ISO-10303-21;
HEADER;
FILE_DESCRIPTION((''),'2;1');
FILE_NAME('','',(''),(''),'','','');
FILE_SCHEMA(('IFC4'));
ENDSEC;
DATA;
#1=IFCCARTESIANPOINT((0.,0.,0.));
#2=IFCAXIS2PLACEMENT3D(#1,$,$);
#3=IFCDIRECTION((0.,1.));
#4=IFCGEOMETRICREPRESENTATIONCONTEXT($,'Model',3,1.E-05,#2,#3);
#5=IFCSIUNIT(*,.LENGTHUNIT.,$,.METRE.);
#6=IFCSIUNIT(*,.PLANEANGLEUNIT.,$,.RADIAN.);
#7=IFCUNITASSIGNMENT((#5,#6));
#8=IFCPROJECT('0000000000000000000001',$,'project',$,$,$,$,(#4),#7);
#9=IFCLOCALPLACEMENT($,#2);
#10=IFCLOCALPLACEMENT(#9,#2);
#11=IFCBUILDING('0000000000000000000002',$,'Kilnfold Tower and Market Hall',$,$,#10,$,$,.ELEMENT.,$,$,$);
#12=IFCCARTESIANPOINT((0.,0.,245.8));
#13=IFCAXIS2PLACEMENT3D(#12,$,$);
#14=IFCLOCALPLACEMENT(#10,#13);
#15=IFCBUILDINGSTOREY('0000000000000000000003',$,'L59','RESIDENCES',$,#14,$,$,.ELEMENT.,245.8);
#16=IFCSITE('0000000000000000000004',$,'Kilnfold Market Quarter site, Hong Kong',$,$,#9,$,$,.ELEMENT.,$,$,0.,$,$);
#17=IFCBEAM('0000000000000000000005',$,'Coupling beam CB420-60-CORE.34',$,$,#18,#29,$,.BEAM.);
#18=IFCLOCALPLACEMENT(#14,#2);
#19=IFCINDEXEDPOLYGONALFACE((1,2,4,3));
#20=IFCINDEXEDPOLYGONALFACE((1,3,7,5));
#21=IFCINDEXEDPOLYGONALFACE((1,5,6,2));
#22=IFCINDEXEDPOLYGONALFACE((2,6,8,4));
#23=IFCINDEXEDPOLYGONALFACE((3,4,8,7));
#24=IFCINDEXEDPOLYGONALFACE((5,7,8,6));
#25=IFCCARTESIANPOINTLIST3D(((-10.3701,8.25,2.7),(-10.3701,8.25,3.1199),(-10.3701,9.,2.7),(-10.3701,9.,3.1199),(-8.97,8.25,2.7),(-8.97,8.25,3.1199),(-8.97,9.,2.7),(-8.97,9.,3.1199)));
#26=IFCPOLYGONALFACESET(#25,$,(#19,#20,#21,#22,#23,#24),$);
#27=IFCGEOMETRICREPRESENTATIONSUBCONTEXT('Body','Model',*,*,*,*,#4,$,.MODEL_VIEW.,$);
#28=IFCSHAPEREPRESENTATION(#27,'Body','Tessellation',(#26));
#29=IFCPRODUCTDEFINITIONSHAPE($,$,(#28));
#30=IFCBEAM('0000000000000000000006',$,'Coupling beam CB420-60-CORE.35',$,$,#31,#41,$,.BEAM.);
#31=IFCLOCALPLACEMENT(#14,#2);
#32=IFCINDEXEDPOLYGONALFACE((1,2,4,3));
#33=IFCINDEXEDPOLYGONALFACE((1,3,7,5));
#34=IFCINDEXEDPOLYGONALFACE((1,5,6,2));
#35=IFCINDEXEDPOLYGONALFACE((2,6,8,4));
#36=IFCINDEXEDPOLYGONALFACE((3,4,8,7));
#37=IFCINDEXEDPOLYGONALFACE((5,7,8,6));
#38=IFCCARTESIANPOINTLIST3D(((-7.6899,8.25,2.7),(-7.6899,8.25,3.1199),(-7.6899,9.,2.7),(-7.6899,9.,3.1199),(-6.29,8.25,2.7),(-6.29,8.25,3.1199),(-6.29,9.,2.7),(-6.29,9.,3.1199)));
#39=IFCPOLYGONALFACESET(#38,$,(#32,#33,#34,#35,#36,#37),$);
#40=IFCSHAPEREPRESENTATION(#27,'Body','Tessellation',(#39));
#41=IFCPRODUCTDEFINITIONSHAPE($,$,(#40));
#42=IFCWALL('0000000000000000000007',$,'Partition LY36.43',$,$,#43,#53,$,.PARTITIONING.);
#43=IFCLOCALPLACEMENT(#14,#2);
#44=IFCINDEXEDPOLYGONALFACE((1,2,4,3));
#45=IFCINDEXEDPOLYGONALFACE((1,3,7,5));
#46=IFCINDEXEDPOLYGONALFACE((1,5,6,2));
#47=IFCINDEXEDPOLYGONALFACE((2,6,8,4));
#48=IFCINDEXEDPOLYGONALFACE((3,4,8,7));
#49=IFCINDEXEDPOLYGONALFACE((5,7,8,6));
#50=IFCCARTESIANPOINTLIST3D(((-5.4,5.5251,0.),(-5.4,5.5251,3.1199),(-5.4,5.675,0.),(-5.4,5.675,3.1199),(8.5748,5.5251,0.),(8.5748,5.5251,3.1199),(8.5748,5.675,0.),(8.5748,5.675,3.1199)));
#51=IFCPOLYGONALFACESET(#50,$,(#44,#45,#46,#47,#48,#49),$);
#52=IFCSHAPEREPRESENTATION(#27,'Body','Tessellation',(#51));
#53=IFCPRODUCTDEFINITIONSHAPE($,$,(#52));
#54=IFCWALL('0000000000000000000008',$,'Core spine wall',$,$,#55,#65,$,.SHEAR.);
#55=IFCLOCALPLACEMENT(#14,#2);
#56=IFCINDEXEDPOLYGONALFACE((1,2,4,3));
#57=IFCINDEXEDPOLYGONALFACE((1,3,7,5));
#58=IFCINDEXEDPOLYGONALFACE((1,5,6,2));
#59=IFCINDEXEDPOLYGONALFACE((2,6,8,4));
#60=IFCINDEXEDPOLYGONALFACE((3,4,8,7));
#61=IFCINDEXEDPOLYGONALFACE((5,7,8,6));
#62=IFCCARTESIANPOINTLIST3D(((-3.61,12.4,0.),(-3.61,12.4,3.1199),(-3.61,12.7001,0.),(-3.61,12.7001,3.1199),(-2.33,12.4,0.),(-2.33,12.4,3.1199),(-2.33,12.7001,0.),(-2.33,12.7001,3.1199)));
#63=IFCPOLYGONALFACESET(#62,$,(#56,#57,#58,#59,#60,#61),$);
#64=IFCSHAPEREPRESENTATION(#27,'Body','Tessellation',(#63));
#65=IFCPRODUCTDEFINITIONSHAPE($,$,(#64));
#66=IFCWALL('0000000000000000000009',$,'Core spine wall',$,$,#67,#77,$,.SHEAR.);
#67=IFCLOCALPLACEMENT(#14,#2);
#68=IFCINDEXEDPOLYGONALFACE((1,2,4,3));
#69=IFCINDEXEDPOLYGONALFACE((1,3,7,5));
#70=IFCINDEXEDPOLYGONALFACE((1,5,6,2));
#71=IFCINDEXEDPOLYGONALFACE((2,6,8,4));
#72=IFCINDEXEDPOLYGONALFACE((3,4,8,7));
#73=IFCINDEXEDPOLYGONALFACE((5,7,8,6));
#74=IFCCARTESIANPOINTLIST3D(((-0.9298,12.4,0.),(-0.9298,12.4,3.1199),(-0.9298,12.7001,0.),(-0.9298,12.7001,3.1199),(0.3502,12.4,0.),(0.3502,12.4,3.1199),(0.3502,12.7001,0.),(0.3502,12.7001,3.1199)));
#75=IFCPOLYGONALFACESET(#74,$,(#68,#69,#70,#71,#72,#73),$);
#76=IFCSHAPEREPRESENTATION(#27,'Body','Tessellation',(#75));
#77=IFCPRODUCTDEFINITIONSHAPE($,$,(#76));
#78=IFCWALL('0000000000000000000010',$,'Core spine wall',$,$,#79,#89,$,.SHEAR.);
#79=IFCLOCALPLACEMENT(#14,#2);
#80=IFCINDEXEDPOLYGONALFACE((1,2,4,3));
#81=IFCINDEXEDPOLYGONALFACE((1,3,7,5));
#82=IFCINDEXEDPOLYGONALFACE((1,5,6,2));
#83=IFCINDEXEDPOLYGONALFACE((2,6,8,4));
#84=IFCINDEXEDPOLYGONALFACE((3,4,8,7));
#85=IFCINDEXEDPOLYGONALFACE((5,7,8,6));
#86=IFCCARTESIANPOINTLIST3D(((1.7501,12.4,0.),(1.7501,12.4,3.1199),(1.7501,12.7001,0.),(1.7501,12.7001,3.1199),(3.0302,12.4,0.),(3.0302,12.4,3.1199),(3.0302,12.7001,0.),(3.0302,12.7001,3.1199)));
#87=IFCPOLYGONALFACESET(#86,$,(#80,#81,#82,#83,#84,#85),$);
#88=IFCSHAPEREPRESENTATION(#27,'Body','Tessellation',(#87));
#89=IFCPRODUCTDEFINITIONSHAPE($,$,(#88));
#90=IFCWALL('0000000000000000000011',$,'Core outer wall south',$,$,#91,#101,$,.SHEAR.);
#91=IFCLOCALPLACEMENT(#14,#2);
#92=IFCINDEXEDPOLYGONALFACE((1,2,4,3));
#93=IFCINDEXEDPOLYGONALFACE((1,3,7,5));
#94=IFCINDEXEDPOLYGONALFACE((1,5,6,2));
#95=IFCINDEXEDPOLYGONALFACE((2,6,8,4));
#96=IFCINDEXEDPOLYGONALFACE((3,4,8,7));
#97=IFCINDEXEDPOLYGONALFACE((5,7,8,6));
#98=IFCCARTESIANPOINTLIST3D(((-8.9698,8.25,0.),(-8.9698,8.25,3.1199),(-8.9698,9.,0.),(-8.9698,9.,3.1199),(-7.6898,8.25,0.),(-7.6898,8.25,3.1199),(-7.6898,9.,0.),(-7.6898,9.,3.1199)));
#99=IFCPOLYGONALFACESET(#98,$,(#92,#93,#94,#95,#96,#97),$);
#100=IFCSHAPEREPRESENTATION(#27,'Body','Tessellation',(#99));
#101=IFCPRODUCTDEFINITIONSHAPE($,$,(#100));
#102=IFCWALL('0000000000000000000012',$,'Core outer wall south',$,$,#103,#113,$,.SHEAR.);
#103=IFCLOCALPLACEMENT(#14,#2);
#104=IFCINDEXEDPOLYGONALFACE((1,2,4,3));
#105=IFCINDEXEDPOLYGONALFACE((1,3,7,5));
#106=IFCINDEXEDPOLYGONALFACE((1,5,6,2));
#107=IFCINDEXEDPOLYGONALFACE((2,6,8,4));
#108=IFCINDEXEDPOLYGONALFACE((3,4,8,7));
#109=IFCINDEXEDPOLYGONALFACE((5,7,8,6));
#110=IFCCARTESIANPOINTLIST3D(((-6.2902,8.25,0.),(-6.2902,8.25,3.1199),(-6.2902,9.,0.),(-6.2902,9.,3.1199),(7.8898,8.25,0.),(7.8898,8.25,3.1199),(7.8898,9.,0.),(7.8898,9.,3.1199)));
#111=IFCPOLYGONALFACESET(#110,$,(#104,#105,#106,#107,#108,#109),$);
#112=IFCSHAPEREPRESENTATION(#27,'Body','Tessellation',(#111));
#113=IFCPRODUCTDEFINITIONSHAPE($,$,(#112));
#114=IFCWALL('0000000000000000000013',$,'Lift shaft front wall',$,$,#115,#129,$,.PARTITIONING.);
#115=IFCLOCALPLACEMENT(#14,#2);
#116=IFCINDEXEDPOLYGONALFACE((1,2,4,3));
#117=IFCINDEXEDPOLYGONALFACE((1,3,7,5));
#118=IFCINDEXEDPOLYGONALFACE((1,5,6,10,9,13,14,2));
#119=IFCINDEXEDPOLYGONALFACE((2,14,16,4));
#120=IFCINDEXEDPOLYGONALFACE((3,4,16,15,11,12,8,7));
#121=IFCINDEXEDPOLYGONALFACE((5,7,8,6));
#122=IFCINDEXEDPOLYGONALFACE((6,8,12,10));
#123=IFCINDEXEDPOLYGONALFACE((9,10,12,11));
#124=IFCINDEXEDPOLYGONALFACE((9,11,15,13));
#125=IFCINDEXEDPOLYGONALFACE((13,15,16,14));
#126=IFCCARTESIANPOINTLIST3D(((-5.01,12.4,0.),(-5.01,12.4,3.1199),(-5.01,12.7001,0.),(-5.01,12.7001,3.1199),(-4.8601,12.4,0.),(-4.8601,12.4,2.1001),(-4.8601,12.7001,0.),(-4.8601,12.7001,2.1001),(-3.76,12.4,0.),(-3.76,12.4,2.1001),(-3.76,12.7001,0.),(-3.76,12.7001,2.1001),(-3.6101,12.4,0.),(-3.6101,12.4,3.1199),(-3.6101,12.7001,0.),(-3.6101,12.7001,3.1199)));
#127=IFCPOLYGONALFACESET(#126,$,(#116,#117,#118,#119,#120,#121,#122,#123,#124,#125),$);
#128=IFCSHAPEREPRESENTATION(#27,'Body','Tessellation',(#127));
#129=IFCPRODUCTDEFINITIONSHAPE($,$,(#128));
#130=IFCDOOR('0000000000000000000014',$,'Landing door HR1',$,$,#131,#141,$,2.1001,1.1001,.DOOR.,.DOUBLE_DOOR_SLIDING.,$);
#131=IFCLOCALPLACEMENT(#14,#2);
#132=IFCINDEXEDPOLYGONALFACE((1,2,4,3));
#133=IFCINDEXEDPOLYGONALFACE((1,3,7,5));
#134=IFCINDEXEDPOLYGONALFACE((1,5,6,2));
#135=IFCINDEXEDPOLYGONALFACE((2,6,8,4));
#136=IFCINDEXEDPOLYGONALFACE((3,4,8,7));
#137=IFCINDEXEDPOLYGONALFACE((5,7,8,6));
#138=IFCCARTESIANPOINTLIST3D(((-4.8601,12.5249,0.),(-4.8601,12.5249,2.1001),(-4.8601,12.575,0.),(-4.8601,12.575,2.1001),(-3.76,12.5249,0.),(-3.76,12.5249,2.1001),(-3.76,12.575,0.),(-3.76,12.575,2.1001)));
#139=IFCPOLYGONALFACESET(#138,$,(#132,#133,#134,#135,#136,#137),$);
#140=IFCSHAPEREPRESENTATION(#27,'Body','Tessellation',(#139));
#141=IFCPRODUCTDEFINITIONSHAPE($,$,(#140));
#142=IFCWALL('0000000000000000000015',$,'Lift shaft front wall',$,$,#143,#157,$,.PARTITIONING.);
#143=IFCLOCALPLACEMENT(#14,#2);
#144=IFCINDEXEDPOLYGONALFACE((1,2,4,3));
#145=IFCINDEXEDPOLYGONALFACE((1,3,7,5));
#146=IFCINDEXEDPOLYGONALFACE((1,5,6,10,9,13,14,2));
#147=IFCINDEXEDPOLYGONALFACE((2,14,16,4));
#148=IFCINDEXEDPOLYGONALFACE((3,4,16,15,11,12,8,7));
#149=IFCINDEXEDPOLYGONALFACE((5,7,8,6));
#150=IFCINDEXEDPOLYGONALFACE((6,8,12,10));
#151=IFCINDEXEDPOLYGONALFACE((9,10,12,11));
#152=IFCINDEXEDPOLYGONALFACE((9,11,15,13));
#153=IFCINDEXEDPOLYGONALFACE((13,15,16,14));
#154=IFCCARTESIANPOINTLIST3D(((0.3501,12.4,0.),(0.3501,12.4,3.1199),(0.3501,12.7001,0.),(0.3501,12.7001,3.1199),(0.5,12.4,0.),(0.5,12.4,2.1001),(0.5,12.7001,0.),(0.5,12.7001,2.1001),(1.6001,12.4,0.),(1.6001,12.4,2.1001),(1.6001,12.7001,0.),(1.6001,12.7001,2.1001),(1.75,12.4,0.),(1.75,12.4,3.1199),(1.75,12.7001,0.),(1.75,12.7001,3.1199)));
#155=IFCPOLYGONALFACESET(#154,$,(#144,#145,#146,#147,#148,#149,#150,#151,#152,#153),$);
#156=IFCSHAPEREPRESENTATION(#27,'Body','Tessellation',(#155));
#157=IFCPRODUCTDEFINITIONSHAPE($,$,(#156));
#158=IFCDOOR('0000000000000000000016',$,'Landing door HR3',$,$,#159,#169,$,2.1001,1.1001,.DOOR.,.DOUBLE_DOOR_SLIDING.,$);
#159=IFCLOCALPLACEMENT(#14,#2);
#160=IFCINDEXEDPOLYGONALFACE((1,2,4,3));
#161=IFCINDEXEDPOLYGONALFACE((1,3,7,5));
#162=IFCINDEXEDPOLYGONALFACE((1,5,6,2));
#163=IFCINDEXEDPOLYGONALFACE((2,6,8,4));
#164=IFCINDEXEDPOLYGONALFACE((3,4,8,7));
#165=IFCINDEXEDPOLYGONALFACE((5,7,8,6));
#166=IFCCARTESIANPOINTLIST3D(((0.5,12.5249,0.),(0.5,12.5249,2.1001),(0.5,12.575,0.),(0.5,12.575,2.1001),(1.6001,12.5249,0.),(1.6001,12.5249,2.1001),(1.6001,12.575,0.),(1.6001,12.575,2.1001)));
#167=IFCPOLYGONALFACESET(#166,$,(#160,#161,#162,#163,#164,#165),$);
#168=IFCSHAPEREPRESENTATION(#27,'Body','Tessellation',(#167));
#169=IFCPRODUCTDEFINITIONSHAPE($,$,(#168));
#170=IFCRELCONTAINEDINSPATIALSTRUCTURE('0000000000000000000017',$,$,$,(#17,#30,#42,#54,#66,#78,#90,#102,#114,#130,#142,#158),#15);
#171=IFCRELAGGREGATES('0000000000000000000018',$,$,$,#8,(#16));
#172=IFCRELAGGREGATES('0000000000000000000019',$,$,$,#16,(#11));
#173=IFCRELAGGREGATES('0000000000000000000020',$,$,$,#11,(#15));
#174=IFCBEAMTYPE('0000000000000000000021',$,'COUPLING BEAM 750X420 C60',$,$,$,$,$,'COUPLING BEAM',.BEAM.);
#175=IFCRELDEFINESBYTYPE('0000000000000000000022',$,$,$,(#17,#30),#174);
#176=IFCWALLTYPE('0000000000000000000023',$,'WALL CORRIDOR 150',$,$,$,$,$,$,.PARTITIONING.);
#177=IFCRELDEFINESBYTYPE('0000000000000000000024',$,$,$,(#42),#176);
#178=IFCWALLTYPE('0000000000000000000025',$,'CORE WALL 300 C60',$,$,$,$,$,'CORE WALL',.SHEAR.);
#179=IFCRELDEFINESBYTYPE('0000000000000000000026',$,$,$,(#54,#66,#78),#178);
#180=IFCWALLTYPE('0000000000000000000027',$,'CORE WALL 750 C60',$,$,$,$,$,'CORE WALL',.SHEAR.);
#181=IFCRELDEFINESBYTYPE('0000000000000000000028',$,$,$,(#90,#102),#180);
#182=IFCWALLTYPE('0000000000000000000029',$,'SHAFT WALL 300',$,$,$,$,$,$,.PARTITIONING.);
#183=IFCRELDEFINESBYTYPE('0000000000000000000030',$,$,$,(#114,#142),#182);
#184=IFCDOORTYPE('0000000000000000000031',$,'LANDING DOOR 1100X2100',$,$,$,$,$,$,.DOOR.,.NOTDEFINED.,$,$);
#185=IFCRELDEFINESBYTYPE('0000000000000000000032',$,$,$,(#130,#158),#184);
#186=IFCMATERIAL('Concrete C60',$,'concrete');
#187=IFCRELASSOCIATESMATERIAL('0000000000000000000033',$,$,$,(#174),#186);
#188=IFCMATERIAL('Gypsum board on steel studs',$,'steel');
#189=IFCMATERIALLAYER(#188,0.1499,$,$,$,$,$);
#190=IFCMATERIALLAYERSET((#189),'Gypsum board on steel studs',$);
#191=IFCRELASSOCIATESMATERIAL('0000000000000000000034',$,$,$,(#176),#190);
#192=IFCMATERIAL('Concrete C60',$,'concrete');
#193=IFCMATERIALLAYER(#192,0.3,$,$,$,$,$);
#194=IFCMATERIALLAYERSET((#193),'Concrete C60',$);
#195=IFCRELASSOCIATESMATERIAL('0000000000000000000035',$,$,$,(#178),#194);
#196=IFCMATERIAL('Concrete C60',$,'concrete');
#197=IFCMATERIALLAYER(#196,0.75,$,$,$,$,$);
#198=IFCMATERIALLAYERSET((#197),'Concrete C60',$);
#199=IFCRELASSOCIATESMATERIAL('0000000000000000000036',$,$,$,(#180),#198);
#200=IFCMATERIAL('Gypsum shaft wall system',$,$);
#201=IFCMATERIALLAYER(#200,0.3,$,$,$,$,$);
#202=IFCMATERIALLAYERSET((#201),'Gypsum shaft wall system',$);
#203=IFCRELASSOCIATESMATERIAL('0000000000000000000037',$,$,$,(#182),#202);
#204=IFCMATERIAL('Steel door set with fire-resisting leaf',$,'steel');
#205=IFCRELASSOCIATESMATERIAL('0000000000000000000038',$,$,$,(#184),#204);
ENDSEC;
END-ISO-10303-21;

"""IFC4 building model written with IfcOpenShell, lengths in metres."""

from ifc_helpers import new_model, si_unit, direction, frame, frame_2d, origin, origin_2d, place, context, subcontext, project, spatial, rectangle, extrude, source, transform, mapped, material, layer, layer_set, material_profile, profile_set, type_object, element, fill, save


model = new_model("IFC4")

# Units and contexts
model_context = context("Model", 3, precision=1e-05, world=origin(), true_north=direction((0.0, 1.0)))
body_context = subcontext(model_context, "Body", "Model", "MODEL_VIEW")
ifc_project = project(units=[si_unit("LENGTHUNIT", "METRE"), si_unit("PLANEANGLEUNIT", "RADIAN")], contexts=[model_context])

# Site, building, storey
site_placement = place(None, origin())
site = spatial("IfcSite", under=ifc_project, at=site_placement, Name="Kilnfold Market Quarter site, Hong Kong", CompositionType="ELEMENT", RefElevation=0.0)
building_placement = place(site_placement, origin())
building = spatial("IfcBuilding", under=site, at=building_placement, Name="Kilnfold Tower and Market Hall", CompositionType="ELEMENT")
storey_placement = place(building_placement, frame((0.0, 0.0, 245.8)))
storey = spatial("IfcBuildingStorey", under=building, at=storey_placement, Name="L59", Description="RESIDENCES", CompositionType="ELEMENT", Elevation=245.8)

# Beams
ifc_material_1 = material(Name="Concrete C60", Category="concrete")
ifc_material_profile = material_profile(ifc_material_1, rectangle(XDim=0.75, YDim=0.4199, at=origin_2d()), Name="RC 750x420")
ifc_profile_set = profile_set([ifc_material_profile], Name="Concrete C60")
beam_type = type_object("IfcBeamType", Name="COUPLING BEAM 750X420 C60", ElementType="COUPLING BEAM", PredefinedType="BEAM", material=ifc_profile_set)
shared_shape_1 = source(origin(), body_context, "Body", "SweptSolid", [
    extrude(rectangle(XDim=0.75, YDim=0.4199, at=origin_2d()), origin(), (0.0, 0.0, 1.0), 1.4001),
])
beam_1_placement = place(storey_placement, frame((-10.3701, 8.625, 2.9099), z_axis=(1.0, 0.0, 0.0), x_axis=(0.0, 1.0, 0.0)))
element("IfcBeam", 1, at=beam_1_placement, inside=storey, type_object=beam_type, Name="Coupling beam CB420-60-CORE.34", PredefinedType="BEAM", context=body_context, shape_type="MappedRepresentation", body=[
    mapped(shared_shape_1, transform((0.0, 0.0, 0.0))),
])
shared_shape_2 = source(origin(), body_context, "Body", "SweptSolid", [
    extrude(rectangle(XDim=0.75, YDim=0.4199, at=origin_2d()), origin(), (0.0, 0.0, 1.0), 1.3999),
])
beam_2_placement = place(storey_placement, frame((-7.6899, 8.625, 2.9099), z_axis=(1.0, 0.0, 0.0), x_axis=(0.0, 1.0, 0.0)))
element("IfcBeam", 2, at=beam_2_placement, inside=storey, type_object=beam_type, Name="Coupling beam CB420-60-CORE.35", PredefinedType="BEAM", context=body_context, shape_type="MappedRepresentation", body=[
    mapped(shared_shape_2, transform((0.0, 0.0, 0.0))),
])

# Walls
ifc_material_2 = material(Name="Gypsum board on steel studs", Category="steel")
ifc_layer_1 = layer(ifc_material_2, 0.1499)
ifc_layer_set_1 = layer_set([ifc_layer_1], Name="Gypsum board on steel studs")
wall_type_1 = type_object("IfcWallType", Name="WALL CORRIDOR 150", PredefinedType="PARTITIONING", material=ifc_layer_set_1)
wall_1_placement = place(storey_placement, frame((-5.3999, 5.6001, 0.0), z_axis=(0.0, 0.0, 1.0), x_axis=(1.0, 0.0, 0.0)))
element("IfcWall", 3, at=wall_1_placement, inside=storey, type_object=wall_type_1, Name="Partition LY36.43", PredefinedType="PARTITIONING", context=body_context, shape_type="SweptSolid", body=[
    extrude(rectangle(XDim=13.9749, YDim=0.1499, at=frame_2d((6.9873, 0.0))), origin(), (0.0, 0.0, 1.0), 3.1199),
])
ifc_material_3 = material(Name="Concrete C60", Category="concrete")
ifc_layer_2 = layer(ifc_material_3, 0.3)
ifc_layer_set_2 = layer_set([ifc_layer_2], Name="Concrete C60")
wall_type_2 = type_object("IfcWallType", Name="CORE WALL 300 C60", ElementType="CORE WALL", PredefinedType="SHEAR", material=ifc_layer_set_2)
shared_shape_3 = source(origin(), body_context, "Body", "SweptSolid", [
    extrude(rectangle(XDim=1.28, YDim=0.3, at=frame_2d((0.6401, 0.0))), origin(), (0.0, 0.0, 1.0), 3.1199),
])
for number, where, z_axis, x_axis, name in (
    (4, (-3.6101, 12.55, 0.0), (0.0, 0.0, 1.0), (1.0, 0.0, 0.0), "Core spine wall"),
    (5, (-0.9299, 12.55, 0.0), (0.0, 0.0, 1.0), (1.0, 0.0, 0.0), "Core spine wall"),
    (6, (1.75, 12.55, 0.0), (0.0, 0.0, 1.0), (1.0, 0.0, 0.0), "Core spine wall"),
):
    element("IfcWall", number, at=place(storey_placement, frame(where, z_axis=z_axis, x_axis=x_axis)), inside=storey, type_object=wall_type_2, Name=name, PredefinedType="SHEAR", context=body_context, shape_type="MappedRepresentation", body=[
        mapped(shared_shape_3, transform((0.0, 0.0, 0.0))),
    ])
ifc_material_4 = material(Name="Concrete C60", Category="concrete")
ifc_layer_3 = layer(ifc_material_4, 0.75)
ifc_layer_set_3 = layer_set([ifc_layer_3], Name="Concrete C60")
wall_type_3 = type_object("IfcWallType", Name="CORE WALL 750 C60", ElementType="CORE WALL", PredefinedType="SHEAR", material=ifc_layer_set_3)
shared_shape_4 = source(origin(), body_context, "Body", "SweptSolid", [
    extrude(rectangle(XDim=1.28, YDim=0.75, at=frame_2d((0.6401, 0.0))), origin(), (0.0, 0.0, 1.0), 3.1199),
])
wall_2_placement = place(storey_placement, frame((-8.97, 8.625, 0.0), z_axis=(0.0, 0.0, 1.0), x_axis=(1.0, 0.0, 0.0)))
element("IfcWall", 7, at=wall_2_placement, inside=storey, type_object=wall_type_3, Name="Core outer wall south", PredefinedType="SHEAR", context=body_context, shape_type="MappedRepresentation", body=[
    mapped(shared_shape_4, transform((0.0, 0.0, 0.0))),
])
shared_shape_5 = source(origin(), body_context, "Body", "SweptSolid", [
    extrude(rectangle(XDim=14.1799, YDim=0.75, at=frame_2d((7.0898, 0.0))), origin(), (0.0, 0.0, 1.0), 3.1199),
])
wall_3_placement = place(storey_placement, frame((-6.29, 8.625, 0.0), z_axis=(0.0, 0.0, 1.0), x_axis=(1.0, 0.0, 0.0)))
element("IfcWall", 8, at=wall_3_placement, inside=storey, type_object=wall_type_3, Name="Core outer wall south", PredefinedType="SHEAR", context=body_context, shape_type="MappedRepresentation", body=[
    mapped(shared_shape_5, transform((0.0, 0.0, 0.0))),
])

# Walls, openings, doors
ifc_material_5 = material(Name="Gypsum shaft wall system")
ifc_layer_4 = layer(ifc_material_5, 0.3)
ifc_layer_set_4 = layer_set([ifc_layer_4], Name="Gypsum shaft wall system")
wall_type_4 = type_object("IfcWallType", Name="SHAFT WALL 300", PredefinedType="PARTITIONING", material=ifc_layer_set_4)
shared_shape_6 = source(origin(), body_context, "Body", "SweptSolid", [
    extrude(rectangle(XDim=1.3999, YDim=0.3, at=frame_2d((0.7, 0.0))), origin(), (0.0, 0.0, 1.0), 3.1199),
])
wall_4_placement = place(storey_placement, frame((-5.01, 12.55, 0.0), z_axis=(0.0, 0.0, 1.0), x_axis=(1.0, 0.0, 0.0)))
wall_4 = element("IfcWall", 9, at=wall_4_placement, inside=storey, type_object=wall_type_4, Name="Lift shaft front wall", PredefinedType="PARTITIONING", context=body_context, shape_type="MappedRepresentation", body=[
    mapped(shared_shape_6, transform((0.0, 0.0, 0.0))),
])
opening_1_placement = place(wall_4_placement, frame((0.1499, 0.0, 0.0)))
opening_1 = element("IfcOpeningElement", 10, at=opening_1_placement, cuts=wall_4, PredefinedType="OPENING", context=body_context, shape_type="SweptSolid", body=[
    extrude(rectangle(XDim=1.1001, YDim=2.1001, at=frame_2d((0.55, 1.05))), frame((0.0, 0.1602, 0.0), z_axis=(0.0, -1.0, 0.0), x_axis=(1.0, 0.0, 0.0)), (0.0, 0.0, 1.0), 0.3201),
])
ifc_material_6 = material(Name="Steel door set with fire-resisting leaf", Category="steel")
door_type_1 = type_object("IfcDoorType", Name="LANDING DOOR 1100X2100", OperationType="NOTDEFINED", PredefinedType="DOOR", material=ifc_material_6)
door_1_placement = place(opening_1_placement, origin())
door_1 = element("IfcDoor", 11, at=door_1_placement, inside=storey, type_object=door_type_1, Name="Landing door HR1", OperationType="DOUBLE_DOOR_SLIDING", OverallHeight=2.1001, OverallWidth=1.1001, PredefinedType="DOOR", context=body_context, shape_type="SweptSolid", body=[
    extrude(rectangle(XDim=1.1001, YDim=2.1001, at=frame_2d((0.55, 1.05))), frame((0.0, 0.0249, 0.0), z_axis=(0.0, -1.0, 0.0), x_axis=(1.0, 0.0, 0.0)), (0.0, 0.0, 1.0), 0.05),
])
fill(opening_1, door_1)
wall_5_placement = place(storey_placement, frame((0.3501, 12.55, 0.0), z_axis=(0.0, 0.0, 1.0), x_axis=(1.0, 0.0, 0.0)))
wall_5 = element("IfcWall", 12, at=wall_5_placement, inside=storey, type_object=wall_type_4, Name="Lift shaft front wall", PredefinedType="PARTITIONING", context=body_context, shape_type="MappedRepresentation", body=[
    mapped(shared_shape_6, transform((0.0, 0.0, 0.0))),
])
opening_2_placement = place(wall_5_placement, frame((0.1499, 0.0, 0.0)))
opening_2 = element("IfcOpeningElement", 13, at=opening_2_placement, cuts=wall_5, PredefinedType="OPENING", context=body_context, shape_type="SweptSolid", body=[
    extrude(rectangle(XDim=1.1001, YDim=2.1001, at=frame_2d((0.55, 1.05))), frame((0.0, 0.1602, 0.0), z_axis=(0.0, -1.0, 0.0), x_axis=(1.0, 0.0, 0.0)), (0.0, 0.0, 1.0), 0.3201),
])
door_2_placement = place(opening_2_placement, origin())
door_2 = element("IfcDoor", 14, at=door_2_placement, inside=storey, type_object=door_type_1, Name="Landing door HR3", OperationType="DOUBLE_DOOR_SLIDING", OverallHeight=2.1001, OverallWidth=1.1001, PredefinedType="DOOR", context=body_context, shape_type="SweptSolid", body=[
    extrude(rectangle(XDim=1.1001, YDim=2.1001, at=frame_2d((0.55, 1.05))), frame((0.0, 0.0249, 0.0), z_axis=(0.0, -1.0, 0.0), x_axis=(1.0, 0.0, 0.0)), (0.0, 0.0, 1.0), 0.05),
])
fill(opening_2, door_2)

save(model, "model.ifc")
